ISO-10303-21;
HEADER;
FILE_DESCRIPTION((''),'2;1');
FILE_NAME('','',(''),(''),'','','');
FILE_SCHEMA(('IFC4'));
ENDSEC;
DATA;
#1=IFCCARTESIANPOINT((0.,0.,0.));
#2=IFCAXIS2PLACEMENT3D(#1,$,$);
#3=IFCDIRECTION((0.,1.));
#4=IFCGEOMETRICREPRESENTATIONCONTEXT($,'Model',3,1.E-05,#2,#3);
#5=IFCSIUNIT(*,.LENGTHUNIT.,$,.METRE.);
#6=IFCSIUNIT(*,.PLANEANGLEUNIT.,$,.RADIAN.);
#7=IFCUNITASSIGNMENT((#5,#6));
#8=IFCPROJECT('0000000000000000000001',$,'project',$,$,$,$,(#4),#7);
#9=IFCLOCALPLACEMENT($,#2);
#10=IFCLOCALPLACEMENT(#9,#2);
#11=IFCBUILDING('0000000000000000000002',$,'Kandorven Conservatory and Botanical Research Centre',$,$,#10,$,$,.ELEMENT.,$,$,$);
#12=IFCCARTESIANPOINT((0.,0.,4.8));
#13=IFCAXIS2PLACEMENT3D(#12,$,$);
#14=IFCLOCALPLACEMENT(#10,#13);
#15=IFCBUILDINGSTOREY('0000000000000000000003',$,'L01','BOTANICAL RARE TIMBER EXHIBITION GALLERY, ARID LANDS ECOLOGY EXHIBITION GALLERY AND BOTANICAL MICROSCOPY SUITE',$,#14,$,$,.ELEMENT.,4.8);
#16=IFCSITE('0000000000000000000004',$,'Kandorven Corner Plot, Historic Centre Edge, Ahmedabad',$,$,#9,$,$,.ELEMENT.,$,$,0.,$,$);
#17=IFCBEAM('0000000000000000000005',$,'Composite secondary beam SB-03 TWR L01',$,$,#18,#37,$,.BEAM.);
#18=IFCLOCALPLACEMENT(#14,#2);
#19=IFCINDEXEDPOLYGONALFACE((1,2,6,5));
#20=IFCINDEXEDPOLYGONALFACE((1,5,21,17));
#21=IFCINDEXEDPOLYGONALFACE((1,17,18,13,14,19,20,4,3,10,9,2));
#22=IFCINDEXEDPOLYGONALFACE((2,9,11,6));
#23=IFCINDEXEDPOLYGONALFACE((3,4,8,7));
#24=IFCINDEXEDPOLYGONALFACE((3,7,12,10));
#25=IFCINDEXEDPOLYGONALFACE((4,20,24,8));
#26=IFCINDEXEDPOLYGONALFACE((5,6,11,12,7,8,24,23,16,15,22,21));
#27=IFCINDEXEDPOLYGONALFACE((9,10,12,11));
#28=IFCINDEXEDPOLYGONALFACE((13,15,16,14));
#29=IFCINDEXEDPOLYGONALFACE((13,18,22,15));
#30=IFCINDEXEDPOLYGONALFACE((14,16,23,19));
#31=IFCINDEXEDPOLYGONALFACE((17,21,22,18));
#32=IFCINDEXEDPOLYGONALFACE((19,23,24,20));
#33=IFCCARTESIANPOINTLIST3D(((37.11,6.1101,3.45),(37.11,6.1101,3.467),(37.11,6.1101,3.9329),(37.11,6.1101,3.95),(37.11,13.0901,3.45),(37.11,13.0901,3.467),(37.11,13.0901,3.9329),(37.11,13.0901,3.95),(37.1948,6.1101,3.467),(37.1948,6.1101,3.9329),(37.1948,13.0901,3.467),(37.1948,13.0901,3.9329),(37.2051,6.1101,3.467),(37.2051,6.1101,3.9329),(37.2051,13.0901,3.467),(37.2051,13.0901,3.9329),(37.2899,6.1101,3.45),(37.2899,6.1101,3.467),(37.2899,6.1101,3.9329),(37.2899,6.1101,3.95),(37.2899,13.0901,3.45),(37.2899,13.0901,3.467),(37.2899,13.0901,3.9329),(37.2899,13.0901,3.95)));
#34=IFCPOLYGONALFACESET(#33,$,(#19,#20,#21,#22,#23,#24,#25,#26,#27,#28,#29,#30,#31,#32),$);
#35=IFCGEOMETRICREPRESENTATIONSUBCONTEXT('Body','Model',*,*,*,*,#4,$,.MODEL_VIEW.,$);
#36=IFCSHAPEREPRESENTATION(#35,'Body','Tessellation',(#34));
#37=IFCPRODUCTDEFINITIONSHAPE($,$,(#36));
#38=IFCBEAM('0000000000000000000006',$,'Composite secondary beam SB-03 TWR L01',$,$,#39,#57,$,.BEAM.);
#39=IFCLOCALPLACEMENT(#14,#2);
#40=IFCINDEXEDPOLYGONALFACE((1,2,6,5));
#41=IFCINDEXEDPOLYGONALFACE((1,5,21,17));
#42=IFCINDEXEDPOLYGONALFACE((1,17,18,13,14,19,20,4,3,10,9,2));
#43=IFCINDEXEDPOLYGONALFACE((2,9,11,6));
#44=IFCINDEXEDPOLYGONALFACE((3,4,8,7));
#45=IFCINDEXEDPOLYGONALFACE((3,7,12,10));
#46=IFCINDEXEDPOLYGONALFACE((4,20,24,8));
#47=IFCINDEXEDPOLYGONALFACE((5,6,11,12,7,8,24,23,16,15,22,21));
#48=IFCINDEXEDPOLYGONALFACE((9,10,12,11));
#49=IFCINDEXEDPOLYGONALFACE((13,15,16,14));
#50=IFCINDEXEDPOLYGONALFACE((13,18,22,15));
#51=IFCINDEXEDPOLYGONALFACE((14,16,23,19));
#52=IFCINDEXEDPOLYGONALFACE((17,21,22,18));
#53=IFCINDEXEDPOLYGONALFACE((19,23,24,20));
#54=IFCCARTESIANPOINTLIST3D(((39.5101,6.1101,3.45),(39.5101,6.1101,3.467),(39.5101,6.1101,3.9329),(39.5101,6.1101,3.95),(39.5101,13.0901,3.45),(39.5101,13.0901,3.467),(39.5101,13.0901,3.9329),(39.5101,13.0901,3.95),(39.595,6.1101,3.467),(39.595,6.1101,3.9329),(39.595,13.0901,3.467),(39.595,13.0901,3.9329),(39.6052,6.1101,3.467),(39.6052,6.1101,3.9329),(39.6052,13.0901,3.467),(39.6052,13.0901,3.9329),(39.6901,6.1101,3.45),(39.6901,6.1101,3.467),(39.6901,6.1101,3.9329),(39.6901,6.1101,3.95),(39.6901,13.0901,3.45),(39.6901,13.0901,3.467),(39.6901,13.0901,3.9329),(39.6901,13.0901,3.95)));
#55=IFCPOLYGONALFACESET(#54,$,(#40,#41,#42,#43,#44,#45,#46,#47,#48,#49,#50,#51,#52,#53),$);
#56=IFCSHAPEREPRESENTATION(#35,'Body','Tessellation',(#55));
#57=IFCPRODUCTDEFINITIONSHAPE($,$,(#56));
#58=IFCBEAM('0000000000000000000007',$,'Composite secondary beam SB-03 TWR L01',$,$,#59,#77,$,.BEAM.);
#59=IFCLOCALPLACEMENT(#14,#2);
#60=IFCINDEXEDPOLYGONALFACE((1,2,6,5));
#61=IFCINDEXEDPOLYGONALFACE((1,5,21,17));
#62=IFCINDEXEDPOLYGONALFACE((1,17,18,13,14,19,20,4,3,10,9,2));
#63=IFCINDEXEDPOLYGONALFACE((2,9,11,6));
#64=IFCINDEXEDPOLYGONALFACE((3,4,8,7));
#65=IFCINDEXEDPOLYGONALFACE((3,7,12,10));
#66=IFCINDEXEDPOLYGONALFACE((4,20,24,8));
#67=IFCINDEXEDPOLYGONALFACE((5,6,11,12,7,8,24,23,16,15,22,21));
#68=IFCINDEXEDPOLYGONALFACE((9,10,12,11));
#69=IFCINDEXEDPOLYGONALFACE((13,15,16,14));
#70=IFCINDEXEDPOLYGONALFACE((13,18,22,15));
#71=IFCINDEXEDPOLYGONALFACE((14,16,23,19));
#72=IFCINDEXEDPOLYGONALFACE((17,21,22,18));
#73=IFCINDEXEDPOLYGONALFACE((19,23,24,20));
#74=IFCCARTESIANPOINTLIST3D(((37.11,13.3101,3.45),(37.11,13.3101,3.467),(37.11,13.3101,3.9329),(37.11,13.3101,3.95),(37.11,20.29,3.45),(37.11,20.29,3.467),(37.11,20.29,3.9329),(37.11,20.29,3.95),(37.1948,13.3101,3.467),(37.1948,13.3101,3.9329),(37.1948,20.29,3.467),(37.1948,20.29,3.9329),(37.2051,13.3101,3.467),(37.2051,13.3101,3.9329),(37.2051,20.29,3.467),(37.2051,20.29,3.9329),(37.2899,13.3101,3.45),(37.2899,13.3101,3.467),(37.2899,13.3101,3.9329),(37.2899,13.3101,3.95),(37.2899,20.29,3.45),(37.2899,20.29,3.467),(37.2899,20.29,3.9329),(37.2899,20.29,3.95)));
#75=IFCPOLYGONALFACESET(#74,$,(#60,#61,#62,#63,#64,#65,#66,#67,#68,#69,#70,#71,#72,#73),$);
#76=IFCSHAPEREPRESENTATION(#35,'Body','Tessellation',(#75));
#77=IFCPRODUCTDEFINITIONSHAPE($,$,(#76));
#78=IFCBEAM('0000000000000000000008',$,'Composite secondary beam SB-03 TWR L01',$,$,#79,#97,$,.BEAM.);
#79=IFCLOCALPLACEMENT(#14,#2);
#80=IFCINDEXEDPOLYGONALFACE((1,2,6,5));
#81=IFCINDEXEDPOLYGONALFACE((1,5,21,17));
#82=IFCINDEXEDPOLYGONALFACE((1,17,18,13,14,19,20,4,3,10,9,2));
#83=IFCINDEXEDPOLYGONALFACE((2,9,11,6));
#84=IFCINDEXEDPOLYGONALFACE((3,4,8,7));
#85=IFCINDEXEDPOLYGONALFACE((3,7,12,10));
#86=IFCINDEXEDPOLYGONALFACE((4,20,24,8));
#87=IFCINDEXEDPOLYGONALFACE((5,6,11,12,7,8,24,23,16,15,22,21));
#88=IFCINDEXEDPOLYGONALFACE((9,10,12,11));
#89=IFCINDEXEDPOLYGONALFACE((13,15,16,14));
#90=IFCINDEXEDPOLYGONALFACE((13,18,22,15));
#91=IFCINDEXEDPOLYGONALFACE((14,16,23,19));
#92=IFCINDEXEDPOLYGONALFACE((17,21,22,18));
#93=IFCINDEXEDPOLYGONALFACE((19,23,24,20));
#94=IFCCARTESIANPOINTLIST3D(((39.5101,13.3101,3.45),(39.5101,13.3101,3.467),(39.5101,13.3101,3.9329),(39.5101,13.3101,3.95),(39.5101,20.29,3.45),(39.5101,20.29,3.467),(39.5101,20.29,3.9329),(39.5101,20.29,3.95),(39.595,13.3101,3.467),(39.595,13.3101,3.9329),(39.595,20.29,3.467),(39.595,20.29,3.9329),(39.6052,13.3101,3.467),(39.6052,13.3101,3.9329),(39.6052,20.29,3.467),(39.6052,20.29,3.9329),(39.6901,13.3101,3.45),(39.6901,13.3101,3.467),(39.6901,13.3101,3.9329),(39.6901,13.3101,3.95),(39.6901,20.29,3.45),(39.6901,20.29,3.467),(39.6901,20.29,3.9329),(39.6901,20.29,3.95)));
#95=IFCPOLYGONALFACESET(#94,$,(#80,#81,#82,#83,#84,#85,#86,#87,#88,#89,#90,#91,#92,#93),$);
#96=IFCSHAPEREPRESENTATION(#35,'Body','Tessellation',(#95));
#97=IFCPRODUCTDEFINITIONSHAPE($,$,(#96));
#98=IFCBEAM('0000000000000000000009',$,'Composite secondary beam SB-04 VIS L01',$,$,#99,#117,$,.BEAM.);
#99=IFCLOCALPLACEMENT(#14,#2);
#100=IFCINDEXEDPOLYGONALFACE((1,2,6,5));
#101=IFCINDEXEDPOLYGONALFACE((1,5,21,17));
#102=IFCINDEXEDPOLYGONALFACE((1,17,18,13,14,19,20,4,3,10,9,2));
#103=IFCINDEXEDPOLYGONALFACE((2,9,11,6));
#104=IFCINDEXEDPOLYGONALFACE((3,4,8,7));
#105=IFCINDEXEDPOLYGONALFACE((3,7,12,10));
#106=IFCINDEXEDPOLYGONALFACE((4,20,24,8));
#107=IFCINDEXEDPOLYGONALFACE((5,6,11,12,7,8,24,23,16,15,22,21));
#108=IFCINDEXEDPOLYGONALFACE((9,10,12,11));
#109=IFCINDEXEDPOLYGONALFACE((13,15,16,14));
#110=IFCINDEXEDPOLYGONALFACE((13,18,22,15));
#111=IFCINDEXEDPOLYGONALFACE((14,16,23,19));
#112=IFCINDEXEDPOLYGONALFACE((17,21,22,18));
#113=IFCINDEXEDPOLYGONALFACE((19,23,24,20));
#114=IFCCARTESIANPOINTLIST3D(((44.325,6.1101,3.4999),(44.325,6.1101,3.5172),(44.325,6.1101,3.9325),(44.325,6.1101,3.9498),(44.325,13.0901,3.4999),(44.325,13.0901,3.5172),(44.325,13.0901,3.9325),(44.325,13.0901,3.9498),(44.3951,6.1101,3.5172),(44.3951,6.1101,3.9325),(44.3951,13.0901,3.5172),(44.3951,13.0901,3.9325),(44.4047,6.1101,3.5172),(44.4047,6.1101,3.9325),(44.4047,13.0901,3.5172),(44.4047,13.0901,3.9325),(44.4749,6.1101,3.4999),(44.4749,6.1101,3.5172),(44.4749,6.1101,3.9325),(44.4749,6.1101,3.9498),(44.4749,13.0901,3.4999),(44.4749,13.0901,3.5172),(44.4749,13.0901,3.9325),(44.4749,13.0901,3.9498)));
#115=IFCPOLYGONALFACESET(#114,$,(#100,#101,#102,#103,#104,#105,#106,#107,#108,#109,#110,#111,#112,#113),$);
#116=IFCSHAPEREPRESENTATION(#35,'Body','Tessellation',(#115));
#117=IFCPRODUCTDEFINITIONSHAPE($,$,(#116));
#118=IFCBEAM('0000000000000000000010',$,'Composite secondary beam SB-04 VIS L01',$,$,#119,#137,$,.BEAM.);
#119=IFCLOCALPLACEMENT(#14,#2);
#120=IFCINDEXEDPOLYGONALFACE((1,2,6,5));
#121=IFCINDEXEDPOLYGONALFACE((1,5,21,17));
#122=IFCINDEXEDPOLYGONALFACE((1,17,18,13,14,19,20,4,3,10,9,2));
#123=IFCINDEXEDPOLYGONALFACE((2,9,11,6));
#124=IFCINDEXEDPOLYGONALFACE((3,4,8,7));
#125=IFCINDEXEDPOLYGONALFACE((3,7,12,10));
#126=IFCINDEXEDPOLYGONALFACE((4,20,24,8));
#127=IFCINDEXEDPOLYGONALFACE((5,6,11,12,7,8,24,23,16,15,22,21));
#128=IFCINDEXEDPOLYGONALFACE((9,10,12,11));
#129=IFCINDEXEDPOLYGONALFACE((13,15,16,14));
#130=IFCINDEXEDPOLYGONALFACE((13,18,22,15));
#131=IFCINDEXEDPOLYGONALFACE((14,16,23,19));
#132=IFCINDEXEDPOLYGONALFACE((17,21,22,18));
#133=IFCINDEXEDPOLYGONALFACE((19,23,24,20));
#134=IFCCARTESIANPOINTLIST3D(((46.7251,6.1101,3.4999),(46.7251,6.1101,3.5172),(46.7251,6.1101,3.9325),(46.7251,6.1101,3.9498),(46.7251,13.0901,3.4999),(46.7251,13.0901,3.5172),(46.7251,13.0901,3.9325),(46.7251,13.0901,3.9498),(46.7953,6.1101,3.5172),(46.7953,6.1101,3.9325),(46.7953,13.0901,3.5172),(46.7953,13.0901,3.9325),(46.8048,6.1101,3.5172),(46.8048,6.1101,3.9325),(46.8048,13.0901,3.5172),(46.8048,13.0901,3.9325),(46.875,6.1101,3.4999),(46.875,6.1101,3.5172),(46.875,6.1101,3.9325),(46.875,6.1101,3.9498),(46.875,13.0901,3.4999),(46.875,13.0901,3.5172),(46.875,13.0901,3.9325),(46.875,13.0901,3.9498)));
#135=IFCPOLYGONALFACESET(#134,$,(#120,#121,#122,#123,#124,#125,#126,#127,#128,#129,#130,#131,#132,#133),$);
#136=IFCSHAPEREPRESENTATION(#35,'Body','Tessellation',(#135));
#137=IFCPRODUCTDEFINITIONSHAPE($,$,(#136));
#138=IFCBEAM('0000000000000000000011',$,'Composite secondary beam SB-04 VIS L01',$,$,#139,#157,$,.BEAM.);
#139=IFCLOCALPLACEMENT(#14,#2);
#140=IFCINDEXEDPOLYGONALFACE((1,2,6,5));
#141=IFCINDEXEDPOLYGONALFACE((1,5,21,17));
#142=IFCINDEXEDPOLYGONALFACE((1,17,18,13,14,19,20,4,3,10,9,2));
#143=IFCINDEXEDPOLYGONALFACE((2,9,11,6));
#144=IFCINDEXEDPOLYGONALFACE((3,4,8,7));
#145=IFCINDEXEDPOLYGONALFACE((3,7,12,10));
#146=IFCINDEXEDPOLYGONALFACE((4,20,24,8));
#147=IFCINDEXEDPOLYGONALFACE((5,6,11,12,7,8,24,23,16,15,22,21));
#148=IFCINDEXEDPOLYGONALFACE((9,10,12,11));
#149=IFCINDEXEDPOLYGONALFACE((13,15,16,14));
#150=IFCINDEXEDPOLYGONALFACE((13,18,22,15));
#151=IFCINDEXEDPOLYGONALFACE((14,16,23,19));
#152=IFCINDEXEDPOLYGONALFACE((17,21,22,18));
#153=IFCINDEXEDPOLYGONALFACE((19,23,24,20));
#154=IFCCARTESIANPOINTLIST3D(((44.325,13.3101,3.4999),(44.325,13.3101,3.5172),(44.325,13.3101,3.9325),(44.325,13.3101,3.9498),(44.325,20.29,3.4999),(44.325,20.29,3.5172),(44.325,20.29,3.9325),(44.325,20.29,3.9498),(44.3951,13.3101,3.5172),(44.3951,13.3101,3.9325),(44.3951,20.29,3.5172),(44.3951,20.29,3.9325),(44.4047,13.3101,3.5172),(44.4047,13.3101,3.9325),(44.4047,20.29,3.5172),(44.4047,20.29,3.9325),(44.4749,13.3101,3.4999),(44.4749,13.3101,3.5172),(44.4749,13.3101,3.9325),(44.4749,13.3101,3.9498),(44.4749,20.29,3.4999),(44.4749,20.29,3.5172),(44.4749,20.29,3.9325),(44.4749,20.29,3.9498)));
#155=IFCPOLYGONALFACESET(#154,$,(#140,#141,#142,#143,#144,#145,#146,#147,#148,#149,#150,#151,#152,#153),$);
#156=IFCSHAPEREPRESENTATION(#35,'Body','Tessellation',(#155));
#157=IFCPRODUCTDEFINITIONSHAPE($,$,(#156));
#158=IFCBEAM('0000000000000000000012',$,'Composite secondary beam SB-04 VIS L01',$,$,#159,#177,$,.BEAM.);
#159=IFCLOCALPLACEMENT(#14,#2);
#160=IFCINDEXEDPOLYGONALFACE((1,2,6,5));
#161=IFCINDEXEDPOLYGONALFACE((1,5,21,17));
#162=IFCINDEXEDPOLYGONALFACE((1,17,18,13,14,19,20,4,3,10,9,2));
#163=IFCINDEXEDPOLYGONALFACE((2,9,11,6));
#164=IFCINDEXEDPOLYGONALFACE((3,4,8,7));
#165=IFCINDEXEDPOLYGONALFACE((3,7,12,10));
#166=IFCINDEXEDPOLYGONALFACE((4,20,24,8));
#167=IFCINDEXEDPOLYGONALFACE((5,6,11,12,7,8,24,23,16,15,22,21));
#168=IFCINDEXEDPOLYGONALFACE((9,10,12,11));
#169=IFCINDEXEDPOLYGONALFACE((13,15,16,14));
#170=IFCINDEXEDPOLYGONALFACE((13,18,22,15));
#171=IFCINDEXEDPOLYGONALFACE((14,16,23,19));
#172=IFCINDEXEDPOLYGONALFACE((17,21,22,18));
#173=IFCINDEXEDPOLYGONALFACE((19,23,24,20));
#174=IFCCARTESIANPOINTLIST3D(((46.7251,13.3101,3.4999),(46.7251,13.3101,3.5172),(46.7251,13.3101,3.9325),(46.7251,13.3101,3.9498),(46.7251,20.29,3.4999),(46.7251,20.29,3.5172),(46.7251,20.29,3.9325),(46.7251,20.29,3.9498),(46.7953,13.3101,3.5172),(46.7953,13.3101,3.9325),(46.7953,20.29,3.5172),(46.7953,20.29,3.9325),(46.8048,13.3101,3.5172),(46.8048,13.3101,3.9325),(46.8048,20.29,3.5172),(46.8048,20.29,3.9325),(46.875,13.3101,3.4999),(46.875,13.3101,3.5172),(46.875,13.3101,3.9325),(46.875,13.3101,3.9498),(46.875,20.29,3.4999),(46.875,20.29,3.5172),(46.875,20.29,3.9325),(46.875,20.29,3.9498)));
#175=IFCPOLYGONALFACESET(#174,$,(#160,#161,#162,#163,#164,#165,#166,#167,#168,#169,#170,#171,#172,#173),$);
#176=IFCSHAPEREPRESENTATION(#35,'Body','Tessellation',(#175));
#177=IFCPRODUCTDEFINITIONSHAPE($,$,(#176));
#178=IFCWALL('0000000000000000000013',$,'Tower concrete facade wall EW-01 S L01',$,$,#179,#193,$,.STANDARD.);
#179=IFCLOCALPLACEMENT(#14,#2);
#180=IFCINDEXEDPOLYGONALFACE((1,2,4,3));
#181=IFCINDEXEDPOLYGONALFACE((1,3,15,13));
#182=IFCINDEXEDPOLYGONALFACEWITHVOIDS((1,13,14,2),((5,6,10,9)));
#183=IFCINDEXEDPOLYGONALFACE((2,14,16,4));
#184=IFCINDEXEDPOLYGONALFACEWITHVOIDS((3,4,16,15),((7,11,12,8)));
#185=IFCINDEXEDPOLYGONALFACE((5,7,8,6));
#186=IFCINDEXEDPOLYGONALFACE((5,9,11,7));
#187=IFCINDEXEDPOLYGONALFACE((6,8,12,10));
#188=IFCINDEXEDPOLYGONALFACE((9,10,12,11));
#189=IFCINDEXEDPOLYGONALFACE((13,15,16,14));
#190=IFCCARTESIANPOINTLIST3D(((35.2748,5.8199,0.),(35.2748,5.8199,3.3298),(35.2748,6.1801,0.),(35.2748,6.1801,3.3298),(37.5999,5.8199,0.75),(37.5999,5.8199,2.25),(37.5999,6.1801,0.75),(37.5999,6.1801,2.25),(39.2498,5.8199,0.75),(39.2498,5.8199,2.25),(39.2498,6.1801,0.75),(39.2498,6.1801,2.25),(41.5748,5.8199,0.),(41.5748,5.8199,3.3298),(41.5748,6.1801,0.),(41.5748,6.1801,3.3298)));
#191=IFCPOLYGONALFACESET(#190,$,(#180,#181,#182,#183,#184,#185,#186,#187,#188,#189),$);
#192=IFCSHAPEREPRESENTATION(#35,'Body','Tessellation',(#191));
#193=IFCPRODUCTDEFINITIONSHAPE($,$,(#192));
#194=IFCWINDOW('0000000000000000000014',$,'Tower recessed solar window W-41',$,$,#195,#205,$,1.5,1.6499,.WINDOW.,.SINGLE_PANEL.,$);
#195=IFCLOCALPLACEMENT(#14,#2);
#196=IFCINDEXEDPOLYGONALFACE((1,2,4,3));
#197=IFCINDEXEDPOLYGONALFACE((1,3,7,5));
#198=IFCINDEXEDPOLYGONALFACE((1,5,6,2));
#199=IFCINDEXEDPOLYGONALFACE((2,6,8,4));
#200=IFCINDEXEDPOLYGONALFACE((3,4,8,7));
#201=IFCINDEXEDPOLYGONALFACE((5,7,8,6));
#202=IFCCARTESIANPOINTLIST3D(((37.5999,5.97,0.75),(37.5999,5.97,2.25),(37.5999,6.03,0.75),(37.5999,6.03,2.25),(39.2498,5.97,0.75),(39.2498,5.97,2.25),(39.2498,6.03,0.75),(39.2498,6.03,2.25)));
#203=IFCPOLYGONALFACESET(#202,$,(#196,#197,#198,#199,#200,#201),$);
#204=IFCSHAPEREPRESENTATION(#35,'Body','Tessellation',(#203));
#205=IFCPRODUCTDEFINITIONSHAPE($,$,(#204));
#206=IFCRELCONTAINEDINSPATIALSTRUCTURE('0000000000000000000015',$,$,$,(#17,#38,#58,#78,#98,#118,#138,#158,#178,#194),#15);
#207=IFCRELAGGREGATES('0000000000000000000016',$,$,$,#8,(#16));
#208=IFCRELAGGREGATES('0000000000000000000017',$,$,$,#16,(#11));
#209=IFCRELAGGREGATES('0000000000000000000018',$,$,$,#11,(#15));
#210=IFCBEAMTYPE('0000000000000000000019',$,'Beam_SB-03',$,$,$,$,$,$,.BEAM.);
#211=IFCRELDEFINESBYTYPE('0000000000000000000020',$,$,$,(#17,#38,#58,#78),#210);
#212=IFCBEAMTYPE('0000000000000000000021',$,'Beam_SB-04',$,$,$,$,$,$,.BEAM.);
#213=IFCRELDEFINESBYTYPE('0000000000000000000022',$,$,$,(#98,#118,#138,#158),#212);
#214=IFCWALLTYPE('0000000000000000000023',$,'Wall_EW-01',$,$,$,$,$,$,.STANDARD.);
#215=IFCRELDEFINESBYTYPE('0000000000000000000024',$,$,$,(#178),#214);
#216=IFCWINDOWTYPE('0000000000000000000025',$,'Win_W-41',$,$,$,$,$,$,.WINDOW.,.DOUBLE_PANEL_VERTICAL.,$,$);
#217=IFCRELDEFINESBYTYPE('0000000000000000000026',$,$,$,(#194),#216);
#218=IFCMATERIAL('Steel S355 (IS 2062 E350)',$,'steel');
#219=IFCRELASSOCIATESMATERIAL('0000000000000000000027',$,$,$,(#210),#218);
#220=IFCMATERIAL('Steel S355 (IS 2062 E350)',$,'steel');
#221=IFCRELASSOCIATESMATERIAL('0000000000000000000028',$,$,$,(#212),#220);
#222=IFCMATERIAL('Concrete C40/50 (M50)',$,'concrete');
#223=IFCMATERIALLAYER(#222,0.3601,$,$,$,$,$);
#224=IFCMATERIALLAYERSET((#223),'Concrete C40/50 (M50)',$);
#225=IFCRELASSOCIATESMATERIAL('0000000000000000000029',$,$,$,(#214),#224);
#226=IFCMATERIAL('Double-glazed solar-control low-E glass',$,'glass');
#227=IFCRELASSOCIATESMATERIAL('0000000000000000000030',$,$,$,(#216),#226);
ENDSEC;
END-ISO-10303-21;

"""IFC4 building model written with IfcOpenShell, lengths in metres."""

from ifc_helpers import new_model, si_unit, direction, frame, frame_2d, origin, origin_2d, place, context, subcontext, project, spatial, rectangle, i_section, extrude, material, layer, layer_set, material_profile, profile_set, type_object, element, fill, save


model = new_model("IFC4")

# Units and contexts
model_context = context("Model", 3, precision=1e-05, world=origin(), true_north=direction((0.0, 1.0)))
body_context = subcontext(model_context, "Body", "Model", "MODEL_VIEW")
ifc_project = project(units=[si_unit("LENGTHUNIT", "METRE"), si_unit("PLANEANGLEUNIT", "RADIAN")], contexts=[model_context])

# Site, building, storey
site_placement = place(None, origin())
site = spatial("IfcSite", under=ifc_project, at=site_placement, Name="Kandorven Corner Plot, Historic Centre Edge, Ahmedabad", CompositionType="ELEMENT", RefElevation=0.0)
building_placement = place(site_placement, origin())
building = spatial("IfcBuilding", under=site, at=building_placement, Name="Kandorven Conservatory and Botanical Research Centre", CompositionType="ELEMENT")
storey_placement = place(building_placement, frame((0.0, 0.0, 4.8)))
storey = spatial("IfcBuildingStorey", under=building, at=storey_placement, Name="L01", Description="BOTANICAL RARE TIMBER EXHIBITION GALLERY, ARID LANDS ECOLOGY EXHIBITION GALLERY AND BOTANICAL MICROSCOPY SUITE", CompositionType="ELEMENT", Elevation=4.8)

# Beams
ifc_material_1 = material(Name="Steel S355 (IS 2062 E350)", Category="steel")
ifc_material_profile_1 = material_profile(ifc_material_1, i_section(OverallWidth=0.1799, OverallDepth=0.5, WebThickness=0.0103, FlangeThickness=0.0171, at=origin_2d()))
ifc_profile_set_1 = profile_set([ifc_material_profile_1], Name="Steel S355 (IS 2062 E350)")
beam_type_1 = type_object("IfcBeamType", Name="Beam_SB-03", PredefinedType="BEAM", material=ifc_profile_set_1)
for number, where, z_axis, x_axis, name in (
    (1, (37.2, 6.1101, 3.7), (0.0, 1.0, 0.0), (-1.0, 0.0, 0.0), "Composite secondary beam SB-03 TWR L01"),
    (2, (39.6001, 6.1101, 3.7), (0.0, 1.0, 0.0), (-1.0, 0.0, 0.0), "Composite secondary beam SB-03 TWR L01"),
    (3, (37.2, 13.3101, 3.7), (0.0, 1.0, 0.0), (-1.0, 0.0, 0.0), "Composite secondary beam SB-03 TWR L01"),
    (4, (39.6001, 13.3101, 3.7), (0.0, 1.0, 0.0), (-1.0, 0.0, 0.0), "Composite secondary beam SB-03 TWR L01"),
):
    element("IfcBeam", number, at=place(storey_placement, frame(where, z_axis=z_axis, x_axis=x_axis)), inside=storey, type_object=beam_type_1, Name=name, PredefinedType="BEAM", context=body_context, shape_type="SweptSolid", body=[
        extrude(i_section(OverallWidth=0.1799, OverallDepth=0.5, WebThickness=0.0103, FlangeThickness=0.0171, at=origin_2d()), origin(), (0.0, 0.0, 1.0), 6.98),
    ])
ifc_material_2 = material(Name="Steel S355 (IS 2062 E350)", Category="steel")
ifc_material_profile_2 = material_profile(ifc_material_2, i_section(OverallWidth=0.1499, OverallDepth=0.45, WebThickness=0.0095, FlangeThickness=0.0173, at=origin_2d()))
ifc_profile_set_2 = profile_set([ifc_material_profile_2], Name="Steel S355 (IS 2062 E350)")
beam_type_2 = type_object("IfcBeamType", Name="Beam_SB-04", PredefinedType="BEAM", material=ifc_profile_set_2)
for number, where, z_axis, x_axis, name in (
    (5, (44.3999, 6.1101, 3.7249), (0.0, 1.0, 0.0), (-1.0, 0.0, 0.0), "Composite secondary beam SB-04 VIS L01"),
    (6, (46.8, 6.1101, 3.7249), (0.0, 1.0, 0.0), (-1.0, 0.0, 0.0), "Composite secondary beam SB-04 VIS L01"),
    (7, (44.3999, 13.3101, 3.7249), (0.0, 1.0, 0.0), (-1.0, 0.0, 0.0), "Composite secondary beam SB-04 VIS L01"),
    (8, (46.8, 13.3101, 3.7249), (0.0, 1.0, 0.0), (-1.0, 0.0, 0.0), "Composite secondary beam SB-04 VIS L01"),
):
    element("IfcBeam", number, at=place(storey_placement, frame(where, z_axis=z_axis, x_axis=x_axis)), inside=storey, type_object=beam_type_2, Name=name, PredefinedType="BEAM", context=body_context, shape_type="SweptSolid", body=[
        extrude(i_section(OverallWidth=0.1499, OverallDepth=0.45, WebThickness=0.0095, FlangeThickness=0.0173, at=origin_2d()), origin(), (0.0, 0.0, 1.0), 6.98),
    ])

# Wall, opening, window
ifc_material_3 = material(Name="Concrete C40/50 (M50)", Category="concrete")
ifc_layer_1 = layer(ifc_material_3, 0.3601)
ifc_layer_set_1 = layer_set([ifc_layer_1], Name="Concrete C40/50 (M50)")
wall_type_1 = type_object("IfcWallType", Name="Wall_EW-01", PredefinedType="STANDARD", material=ifc_layer_set_1)
wall_1_placement = place(storey_placement, frame((35.2749, 6.0, 0.0), z_axis=(0.0, 0.0, 1.0), x_axis=(1.0, 0.0, 0.0)))
wall_1 = element("IfcWall", 9, at=wall_1_placement, inside=storey, type_object=wall_type_1, Name="Tower concrete facade wall EW-01 S L01", PredefinedType="STANDARD", context=body_context, shape_type="SweptSolid", body=[
    extrude(rectangle(XDim=6.3, YDim=0.3601, at=frame_2d((3.1499, 0.0))), origin(), (0.0, 0.0, 1.0), 3.3298),
])
opening_1_placement = place(wall_1_placement, frame((2.325, 0.0, 0.75)))
opening_1 = element("IfcOpeningElement", 10, at=opening_1_placement, cuts=wall_1, PredefinedType="OPENING", context=body_context, shape_type="SweptSolid", body=[
    extrude(rectangle(XDim=1.6499, YDim=1.5, at=frame_2d((0.825, 0.75))), frame((0.0, 0.1899, 0.0), z_axis=(0.0, -1.0, 0.0), x_axis=(1.0, 0.0, 0.0)), (0.0, 0.0, 1.0), 0.3801),
])
ifc_material_4 = material(Name="Double-glazed solar-control low-E glass", Category="glass")
window_type_1 = type_object("IfcWindowType", Name="Win_W-41", PartitioningType="DOUBLE_PANEL_VERTICAL", PredefinedType="WINDOW", material=ifc_material_4)
window_1_placement = place(opening_1_placement, origin())
window_1 = element("IfcWindow", 11, at=window_1_placement, inside=storey, type_object=window_type_1, Name="Tower recessed solar window W-41", OverallHeight=1.5, OverallWidth=1.6499, PartitioningType="SINGLE_PANEL", PredefinedType="WINDOW", context=body_context, shape_type="SweptSolid", body=[
    extrude(rectangle(XDim=1.6499, YDim=1.5, at=frame_2d((0.825, 0.75))), frame((0.0, 0.03, 0.0), z_axis=(0.0, -1.0, 0.0), x_axis=(1.0, 0.0, 0.0)), (0.0, 0.0, 1.0), 0.0601),
])
fill(opening_1, window_1)

save(model, "model.ifc")
